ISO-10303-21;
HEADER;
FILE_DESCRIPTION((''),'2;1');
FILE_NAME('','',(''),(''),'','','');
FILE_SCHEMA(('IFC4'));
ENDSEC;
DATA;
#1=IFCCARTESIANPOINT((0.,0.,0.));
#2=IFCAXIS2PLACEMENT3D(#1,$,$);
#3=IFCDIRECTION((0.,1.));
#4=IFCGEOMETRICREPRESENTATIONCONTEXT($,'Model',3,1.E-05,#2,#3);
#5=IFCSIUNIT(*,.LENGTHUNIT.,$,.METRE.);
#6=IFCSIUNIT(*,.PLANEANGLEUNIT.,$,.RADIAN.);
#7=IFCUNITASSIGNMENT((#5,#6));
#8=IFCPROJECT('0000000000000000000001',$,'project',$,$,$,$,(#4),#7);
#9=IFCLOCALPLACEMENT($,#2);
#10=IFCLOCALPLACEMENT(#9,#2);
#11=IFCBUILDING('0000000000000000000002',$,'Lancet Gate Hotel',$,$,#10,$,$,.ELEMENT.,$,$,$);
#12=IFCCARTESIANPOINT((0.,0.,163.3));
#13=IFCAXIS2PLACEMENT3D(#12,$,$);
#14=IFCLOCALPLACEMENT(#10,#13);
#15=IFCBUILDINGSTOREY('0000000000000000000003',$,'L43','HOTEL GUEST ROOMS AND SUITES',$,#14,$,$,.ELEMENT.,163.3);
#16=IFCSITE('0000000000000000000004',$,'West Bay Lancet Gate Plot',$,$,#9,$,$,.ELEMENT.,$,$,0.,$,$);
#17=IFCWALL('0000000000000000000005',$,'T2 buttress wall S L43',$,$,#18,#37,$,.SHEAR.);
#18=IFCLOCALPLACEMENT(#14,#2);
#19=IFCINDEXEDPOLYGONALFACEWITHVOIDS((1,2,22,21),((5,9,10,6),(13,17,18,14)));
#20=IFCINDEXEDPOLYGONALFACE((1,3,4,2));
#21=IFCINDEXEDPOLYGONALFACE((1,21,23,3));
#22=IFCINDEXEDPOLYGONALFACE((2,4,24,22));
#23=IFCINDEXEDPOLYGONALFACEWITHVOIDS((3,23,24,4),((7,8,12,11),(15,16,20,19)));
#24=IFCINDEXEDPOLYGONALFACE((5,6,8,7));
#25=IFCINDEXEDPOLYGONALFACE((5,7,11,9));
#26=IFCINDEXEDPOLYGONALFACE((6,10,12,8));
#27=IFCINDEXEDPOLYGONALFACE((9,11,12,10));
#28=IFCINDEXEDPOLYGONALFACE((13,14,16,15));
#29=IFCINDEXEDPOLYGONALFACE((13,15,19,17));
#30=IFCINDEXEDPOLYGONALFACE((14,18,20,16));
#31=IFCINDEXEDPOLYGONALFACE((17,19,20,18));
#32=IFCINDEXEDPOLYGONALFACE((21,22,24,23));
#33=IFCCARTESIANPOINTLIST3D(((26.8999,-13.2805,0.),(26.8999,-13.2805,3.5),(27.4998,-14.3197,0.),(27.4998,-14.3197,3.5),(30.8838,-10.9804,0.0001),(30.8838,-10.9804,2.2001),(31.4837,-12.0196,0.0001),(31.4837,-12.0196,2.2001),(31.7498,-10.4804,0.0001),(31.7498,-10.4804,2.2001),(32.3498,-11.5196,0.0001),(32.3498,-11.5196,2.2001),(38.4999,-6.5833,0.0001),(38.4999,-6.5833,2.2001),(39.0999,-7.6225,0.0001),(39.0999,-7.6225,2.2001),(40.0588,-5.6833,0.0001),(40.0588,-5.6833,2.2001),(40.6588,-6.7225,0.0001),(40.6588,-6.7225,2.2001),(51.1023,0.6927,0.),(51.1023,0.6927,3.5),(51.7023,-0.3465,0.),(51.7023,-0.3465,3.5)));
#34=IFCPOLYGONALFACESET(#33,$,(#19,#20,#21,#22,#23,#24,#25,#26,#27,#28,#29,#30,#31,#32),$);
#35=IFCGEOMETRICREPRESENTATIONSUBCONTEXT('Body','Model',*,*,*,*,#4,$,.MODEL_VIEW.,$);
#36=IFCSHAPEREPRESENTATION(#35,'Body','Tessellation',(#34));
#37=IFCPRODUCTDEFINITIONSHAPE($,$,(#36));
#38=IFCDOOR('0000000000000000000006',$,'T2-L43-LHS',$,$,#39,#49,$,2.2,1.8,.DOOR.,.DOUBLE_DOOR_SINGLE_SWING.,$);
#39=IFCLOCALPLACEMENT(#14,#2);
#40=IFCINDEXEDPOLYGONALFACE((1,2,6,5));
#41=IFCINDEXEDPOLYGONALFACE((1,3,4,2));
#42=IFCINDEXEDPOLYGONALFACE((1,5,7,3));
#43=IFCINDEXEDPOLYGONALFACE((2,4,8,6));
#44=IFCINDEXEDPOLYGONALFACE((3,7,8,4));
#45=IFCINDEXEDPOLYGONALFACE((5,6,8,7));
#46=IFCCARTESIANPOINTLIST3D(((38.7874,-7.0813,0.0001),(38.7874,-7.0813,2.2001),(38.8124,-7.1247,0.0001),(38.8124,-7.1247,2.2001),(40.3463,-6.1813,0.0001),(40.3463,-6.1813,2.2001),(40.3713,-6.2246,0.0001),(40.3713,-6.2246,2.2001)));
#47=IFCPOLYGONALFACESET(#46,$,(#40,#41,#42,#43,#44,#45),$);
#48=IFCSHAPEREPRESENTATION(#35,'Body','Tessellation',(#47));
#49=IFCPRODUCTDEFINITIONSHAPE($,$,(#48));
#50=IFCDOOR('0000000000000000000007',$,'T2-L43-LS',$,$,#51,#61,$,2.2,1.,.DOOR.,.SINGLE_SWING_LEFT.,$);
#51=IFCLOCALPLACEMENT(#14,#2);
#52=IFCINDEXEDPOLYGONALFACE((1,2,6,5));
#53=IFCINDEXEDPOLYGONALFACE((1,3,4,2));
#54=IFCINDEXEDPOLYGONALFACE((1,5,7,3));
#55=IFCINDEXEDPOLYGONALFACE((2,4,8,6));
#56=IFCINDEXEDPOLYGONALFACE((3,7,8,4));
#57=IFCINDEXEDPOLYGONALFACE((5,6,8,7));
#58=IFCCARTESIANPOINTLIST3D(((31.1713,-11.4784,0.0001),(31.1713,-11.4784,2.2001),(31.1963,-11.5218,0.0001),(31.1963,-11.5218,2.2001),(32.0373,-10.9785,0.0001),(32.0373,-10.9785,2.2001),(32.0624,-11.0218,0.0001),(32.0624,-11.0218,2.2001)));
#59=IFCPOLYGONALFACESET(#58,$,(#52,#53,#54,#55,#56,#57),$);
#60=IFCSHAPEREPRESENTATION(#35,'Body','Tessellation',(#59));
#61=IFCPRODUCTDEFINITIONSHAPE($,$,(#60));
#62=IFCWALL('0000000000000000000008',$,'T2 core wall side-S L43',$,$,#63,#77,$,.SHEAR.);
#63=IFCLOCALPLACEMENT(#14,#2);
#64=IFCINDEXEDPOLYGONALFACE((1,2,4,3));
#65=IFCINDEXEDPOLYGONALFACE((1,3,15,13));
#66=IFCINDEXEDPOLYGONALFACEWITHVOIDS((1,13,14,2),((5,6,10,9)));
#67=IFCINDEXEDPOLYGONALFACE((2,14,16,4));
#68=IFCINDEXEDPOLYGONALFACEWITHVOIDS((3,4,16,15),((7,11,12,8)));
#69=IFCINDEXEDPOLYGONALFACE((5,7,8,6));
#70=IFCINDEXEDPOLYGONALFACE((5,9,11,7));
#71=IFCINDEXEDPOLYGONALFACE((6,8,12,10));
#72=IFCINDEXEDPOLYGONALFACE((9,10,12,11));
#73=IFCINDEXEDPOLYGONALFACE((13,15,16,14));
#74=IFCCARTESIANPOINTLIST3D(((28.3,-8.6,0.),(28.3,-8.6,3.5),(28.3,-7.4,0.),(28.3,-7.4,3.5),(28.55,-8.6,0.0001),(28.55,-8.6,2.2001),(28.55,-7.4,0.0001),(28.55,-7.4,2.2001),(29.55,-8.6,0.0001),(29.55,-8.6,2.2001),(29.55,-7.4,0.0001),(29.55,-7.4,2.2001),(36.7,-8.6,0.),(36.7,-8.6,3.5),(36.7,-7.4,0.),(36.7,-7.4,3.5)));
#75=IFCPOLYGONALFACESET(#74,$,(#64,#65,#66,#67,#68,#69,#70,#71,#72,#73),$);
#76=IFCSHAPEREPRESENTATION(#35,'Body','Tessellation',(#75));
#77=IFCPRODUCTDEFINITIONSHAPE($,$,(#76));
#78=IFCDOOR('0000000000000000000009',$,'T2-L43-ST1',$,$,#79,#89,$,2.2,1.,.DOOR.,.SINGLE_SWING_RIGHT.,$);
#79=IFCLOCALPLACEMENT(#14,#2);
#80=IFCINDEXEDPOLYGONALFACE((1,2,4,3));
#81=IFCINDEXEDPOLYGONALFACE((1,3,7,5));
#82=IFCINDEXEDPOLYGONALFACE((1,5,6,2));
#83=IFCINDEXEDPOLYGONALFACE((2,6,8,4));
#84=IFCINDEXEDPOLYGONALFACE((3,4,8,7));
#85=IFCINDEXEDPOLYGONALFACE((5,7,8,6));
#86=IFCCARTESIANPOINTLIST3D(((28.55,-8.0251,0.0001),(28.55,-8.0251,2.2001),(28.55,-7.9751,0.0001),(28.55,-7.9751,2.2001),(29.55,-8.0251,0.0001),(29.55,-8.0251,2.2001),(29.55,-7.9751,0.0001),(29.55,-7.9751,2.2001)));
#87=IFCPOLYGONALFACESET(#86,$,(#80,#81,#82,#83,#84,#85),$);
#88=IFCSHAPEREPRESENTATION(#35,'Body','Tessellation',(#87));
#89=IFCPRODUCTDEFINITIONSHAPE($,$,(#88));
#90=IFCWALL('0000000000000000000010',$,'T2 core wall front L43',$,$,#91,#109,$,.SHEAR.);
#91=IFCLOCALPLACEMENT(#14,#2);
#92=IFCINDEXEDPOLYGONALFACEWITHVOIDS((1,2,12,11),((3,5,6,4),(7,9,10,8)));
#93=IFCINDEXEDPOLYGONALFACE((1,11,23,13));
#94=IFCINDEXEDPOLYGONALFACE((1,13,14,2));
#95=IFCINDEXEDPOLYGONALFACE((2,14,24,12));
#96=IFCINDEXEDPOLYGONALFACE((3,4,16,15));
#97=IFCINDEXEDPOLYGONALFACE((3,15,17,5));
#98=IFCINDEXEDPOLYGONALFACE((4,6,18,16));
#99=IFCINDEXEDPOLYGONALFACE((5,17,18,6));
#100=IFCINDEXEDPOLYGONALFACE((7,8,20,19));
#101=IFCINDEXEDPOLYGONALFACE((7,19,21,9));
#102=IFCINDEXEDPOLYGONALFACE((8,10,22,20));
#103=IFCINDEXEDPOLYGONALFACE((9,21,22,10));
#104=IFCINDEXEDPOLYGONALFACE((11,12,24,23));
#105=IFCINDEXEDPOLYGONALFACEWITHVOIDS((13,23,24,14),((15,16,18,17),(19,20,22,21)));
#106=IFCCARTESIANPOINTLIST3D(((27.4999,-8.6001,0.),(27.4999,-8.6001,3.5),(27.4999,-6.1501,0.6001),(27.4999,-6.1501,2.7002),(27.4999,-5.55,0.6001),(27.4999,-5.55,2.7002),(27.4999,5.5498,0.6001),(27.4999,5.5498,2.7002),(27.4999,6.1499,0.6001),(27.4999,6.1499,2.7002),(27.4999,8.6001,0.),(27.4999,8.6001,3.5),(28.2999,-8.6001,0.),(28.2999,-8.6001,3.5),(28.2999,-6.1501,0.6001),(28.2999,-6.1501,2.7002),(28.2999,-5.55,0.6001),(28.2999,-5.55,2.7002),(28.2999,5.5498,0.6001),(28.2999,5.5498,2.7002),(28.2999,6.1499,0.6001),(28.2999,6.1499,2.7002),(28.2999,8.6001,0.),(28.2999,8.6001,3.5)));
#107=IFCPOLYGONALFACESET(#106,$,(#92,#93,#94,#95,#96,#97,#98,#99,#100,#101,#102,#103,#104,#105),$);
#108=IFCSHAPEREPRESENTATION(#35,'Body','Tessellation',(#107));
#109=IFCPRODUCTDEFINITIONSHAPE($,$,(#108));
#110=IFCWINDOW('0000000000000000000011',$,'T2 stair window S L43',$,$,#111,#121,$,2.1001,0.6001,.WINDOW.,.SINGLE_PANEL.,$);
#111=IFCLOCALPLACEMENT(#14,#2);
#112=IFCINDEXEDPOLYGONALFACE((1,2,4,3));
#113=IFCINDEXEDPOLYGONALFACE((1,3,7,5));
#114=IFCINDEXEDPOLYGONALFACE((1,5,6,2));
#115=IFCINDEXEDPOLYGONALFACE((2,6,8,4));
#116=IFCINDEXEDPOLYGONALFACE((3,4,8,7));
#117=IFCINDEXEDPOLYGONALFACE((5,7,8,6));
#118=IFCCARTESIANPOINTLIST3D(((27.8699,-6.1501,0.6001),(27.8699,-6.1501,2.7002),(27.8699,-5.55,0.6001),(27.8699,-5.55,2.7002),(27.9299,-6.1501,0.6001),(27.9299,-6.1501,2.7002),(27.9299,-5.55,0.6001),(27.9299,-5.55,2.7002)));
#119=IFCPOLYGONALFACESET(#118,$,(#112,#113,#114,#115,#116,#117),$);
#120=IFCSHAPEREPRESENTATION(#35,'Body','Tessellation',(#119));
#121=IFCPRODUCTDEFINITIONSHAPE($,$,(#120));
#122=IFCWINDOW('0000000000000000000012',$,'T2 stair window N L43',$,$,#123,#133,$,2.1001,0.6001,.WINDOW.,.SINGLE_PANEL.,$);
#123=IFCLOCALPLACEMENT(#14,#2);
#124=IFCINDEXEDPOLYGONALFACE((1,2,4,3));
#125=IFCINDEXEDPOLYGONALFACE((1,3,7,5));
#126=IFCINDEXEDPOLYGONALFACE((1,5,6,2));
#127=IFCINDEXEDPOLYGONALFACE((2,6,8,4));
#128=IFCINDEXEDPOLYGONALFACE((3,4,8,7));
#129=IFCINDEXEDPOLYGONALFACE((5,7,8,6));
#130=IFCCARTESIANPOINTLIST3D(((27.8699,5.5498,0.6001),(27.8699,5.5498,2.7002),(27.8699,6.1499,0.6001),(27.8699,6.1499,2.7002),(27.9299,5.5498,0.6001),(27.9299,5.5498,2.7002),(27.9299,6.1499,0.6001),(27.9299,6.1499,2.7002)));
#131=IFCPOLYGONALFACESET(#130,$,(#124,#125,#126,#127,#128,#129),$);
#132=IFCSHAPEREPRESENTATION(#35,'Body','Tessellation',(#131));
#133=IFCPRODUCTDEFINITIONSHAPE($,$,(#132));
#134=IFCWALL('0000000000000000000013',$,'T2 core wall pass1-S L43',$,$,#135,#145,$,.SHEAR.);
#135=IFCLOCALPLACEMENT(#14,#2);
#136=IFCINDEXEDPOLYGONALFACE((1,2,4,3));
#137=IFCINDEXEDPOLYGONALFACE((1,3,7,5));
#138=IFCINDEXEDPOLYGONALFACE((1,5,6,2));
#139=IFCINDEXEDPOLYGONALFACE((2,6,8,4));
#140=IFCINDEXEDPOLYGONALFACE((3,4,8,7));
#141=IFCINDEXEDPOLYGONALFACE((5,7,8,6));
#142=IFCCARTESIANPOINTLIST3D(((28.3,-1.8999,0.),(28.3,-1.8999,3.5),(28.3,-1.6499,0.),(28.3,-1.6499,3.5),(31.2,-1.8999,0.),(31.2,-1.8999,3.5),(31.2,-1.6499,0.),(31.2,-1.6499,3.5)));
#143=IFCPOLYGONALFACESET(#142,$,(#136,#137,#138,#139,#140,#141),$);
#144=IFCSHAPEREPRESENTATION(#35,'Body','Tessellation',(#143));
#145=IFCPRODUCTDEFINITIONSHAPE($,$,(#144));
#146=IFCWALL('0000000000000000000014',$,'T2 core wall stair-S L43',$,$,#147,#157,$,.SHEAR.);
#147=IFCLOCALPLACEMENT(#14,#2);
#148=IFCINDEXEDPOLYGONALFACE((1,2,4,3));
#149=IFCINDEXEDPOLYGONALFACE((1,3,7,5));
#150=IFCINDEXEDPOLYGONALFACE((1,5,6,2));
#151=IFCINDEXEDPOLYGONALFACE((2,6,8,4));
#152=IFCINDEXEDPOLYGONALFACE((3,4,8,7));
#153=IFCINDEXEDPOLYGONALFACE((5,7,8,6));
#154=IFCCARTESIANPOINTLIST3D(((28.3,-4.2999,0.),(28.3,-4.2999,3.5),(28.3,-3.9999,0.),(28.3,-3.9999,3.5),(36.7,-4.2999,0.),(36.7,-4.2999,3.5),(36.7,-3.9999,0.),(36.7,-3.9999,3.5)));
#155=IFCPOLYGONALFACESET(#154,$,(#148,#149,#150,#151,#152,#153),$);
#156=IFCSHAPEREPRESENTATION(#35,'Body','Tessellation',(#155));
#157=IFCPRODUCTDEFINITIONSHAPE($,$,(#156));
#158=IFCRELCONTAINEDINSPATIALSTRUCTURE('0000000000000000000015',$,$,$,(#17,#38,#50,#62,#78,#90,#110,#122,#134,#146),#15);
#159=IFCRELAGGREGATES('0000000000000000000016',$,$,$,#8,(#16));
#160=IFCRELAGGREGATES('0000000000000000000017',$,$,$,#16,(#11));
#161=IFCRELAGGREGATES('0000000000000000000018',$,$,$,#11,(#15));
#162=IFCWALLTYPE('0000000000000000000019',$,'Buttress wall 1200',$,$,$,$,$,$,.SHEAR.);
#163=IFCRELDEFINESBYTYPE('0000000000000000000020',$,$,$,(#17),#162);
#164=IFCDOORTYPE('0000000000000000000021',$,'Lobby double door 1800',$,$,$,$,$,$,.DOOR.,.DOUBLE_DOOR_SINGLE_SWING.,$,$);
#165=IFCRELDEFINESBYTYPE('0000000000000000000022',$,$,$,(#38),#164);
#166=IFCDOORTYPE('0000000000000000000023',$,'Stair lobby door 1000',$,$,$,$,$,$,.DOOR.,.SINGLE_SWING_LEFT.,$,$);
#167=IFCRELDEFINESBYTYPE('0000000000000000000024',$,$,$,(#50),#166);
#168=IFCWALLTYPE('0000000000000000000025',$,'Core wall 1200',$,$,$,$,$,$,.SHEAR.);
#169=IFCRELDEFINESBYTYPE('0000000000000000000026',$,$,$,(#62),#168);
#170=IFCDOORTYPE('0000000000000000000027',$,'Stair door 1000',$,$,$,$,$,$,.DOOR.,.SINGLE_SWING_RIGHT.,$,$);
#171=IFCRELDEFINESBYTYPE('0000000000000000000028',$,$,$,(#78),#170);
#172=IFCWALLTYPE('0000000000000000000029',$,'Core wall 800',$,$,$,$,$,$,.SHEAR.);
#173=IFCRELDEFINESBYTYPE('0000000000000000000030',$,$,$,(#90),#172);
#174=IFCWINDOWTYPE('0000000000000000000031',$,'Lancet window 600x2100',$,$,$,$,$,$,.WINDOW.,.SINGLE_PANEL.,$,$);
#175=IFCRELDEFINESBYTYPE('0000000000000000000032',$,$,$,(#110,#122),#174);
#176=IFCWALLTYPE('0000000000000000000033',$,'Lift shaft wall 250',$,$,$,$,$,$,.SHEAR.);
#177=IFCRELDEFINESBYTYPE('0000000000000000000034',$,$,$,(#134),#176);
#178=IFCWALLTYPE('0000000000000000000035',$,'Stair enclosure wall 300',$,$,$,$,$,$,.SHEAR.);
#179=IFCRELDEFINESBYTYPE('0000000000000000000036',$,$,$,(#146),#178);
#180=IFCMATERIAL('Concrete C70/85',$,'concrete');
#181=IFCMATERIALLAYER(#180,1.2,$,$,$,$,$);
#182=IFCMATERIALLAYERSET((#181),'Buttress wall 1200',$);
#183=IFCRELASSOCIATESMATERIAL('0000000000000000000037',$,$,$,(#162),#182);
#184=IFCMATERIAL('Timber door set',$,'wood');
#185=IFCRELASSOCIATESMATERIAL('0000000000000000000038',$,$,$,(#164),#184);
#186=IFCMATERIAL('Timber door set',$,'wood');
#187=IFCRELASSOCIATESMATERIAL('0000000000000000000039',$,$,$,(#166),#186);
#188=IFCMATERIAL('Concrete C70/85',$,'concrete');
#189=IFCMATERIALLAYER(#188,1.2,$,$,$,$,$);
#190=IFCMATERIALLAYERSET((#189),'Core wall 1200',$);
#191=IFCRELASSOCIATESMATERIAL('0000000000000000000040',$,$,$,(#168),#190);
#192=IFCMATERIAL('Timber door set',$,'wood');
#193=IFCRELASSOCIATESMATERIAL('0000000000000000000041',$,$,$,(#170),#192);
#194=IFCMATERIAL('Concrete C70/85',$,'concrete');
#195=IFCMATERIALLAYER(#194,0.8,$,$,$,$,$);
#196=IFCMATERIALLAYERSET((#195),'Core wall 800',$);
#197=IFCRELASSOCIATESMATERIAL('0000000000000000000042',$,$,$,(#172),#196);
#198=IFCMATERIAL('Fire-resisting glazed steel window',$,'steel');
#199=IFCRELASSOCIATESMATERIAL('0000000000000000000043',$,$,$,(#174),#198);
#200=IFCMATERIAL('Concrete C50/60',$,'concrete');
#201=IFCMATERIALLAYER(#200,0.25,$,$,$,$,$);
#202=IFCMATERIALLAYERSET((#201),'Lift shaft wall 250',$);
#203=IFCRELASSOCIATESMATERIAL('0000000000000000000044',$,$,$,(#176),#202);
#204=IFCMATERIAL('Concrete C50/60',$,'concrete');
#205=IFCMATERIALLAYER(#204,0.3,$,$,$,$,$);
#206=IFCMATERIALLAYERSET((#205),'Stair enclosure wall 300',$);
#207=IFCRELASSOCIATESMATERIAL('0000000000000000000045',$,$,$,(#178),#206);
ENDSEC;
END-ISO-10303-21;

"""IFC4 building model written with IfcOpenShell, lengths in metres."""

from ifc_helpers import new_model, si_unit, direction, frame, frame_2d, origin, place, context, subcontext, project, spatial, rectangle, extrude, material, layer, layer_set, type_object, element, fill, save


model = new_model("IFC4")

# Units and contexts
model_context = context("Model", 3, precision=1e-05, world=origin(), true_north=direction((0.0, 1.0)))
body_context = subcontext(model_context, "Body", "Model", "MODEL_VIEW")
ifc_project = project(units=[si_unit("LENGTHUNIT", "METRE"), si_unit("PLANEANGLEUNIT", "RADIAN")], contexts=[model_context])

# Site, building, storey
site_placement = place(None, origin())
site = spatial("IfcSite", under=ifc_project, at=site_placement, Name="West Bay Lancet Gate Plot", CompositionType="ELEMENT", RefElevation=0.0)
building_placement = place(site_placement, origin())
building = spatial("IfcBuilding", under=site, at=building_placement, Name="Lancet Gate Hotel", CompositionType="ELEMENT")
storey_placement = place(building_placement, frame((0.0, 0.0, 163.3)))
storey = spatial("IfcBuildingStorey", under=building, at=storey_placement, Name="L43", Description="HOTEL GUEST ROOMS AND SUITES", CompositionType="ELEMENT", Elevation=163.3)

# Wall, openings, doors
ifc_material_1 = material(Name="Concrete C70/85", Category="concrete")
ifc_layer_1 = layer(ifc_material_1, 1.2)
ifc_layer_set_1 = layer_set([ifc_layer_1], Name="Buttress wall 1200")
wall_type_1 = type_object("IfcWallType", Name="Buttress wall 1200", PredefinedType="SHEAR", material=ifc_layer_set_1)
wall_1_placement = place(storey_placement, frame((27.2, -13.8, 0.0), z_axis=(0.0, 0.0, 1.0), x_axis=(0.866027, 0.499997, 0.0)))
wall_1 = element("IfcWall", 1, at=wall_1_placement, inside=storey, type_object=wall_type_1, Name="T2 buttress wall S L43", PredefinedType="SHEAR", context=body_context, shape_type="SweptSolid", body=[
    extrude(rectangle(XDim=27.9465, YDim=1.2, at=frame_2d((13.9731, 0.0))), origin(), (0.0, 0.0, 1.0), 3.5),
])
opening_1_placement = place(wall_1_placement, frame((4.6001, 0.0, 0.0)))
opening_1 = element("IfcOpeningElement", 2, at=opening_1_placement, cuts=wall_1, PredefinedType="OPENING", context=body_context, shape_type="SweptSolid", body=[
    extrude(rectangle(XDim=1.0, YDim=2.2, at=frame_2d((0.5, 1.1001))), frame((0.0, 0.6099, 0.0), z_axis=(0.0, -1.0, 0.0), x_axis=(1.0, 0.0, 0.0)), (0.0, 0.0, 1.0), 1.22),
])
opening_2_placement = place(wall_1_placement, frame((13.3945, 0.0, 0.0)))
opening_2 = element("IfcOpeningElement", 3, at=opening_2_placement, cuts=wall_1, PredefinedType="OPENING", context=body_context, shape_type="SweptSolid", body=[
    extrude(rectangle(XDim=1.8, YDim=2.2, at=frame_2d((0.8999, 1.1001))), frame((0.0, 0.6099, 0.0), z_axis=(0.0, -1.0, 0.0), x_axis=(1.0, 0.0, 0.0)), (0.0, 0.0, 1.0), 1.22),
])
ifc_material_2 = material(Name="Timber door set", Category="wood")
door_type_1 = type_object("IfcDoorType", Name="Lobby double door 1800", OperationType="DOUBLE_DOOR_SINGLE_SWING", PredefinedType="DOOR", material=ifc_material_2)
door_1_placement = place(opening_2_placement, origin())
door_1 = element("IfcDoor", 4, at=door_1_placement, inside=storey, type_object=door_type_1, Name="T2-L43-LHS", OperationType="DOUBLE_DOOR_SINGLE_SWING", OverallHeight=2.2, OverallWidth=1.8, PredefinedType="DOOR", context=body_context, shape_type="SweptSolid", body=[
    extrude(rectangle(XDim=1.8, YDim=2.2, at=frame_2d((0.8999, 1.1001))), frame((0.0, 0.0249, 0.0), z_axis=(0.0, -1.0, 0.0), x_axis=(1.0, 0.0, 0.0)), (0.0, 0.0, 1.0), 0.05),
])
fill(opening_2, door_1)
ifc_material_3 = material(Name="Timber door set", Category="wood")
door_type_2 = type_object("IfcDoorType", Name="Stair lobby door 1000", OperationType="SINGLE_SWING_LEFT", PredefinedType="DOOR", material=ifc_material_3)
door_2_placement = place(opening_1_placement, origin())
door_2 = element("IfcDoor", 5, at=door_2_placement, inside=storey, type_object=door_type_2, Name="T2-L43-LS", OperationType="SINGLE_SWING_LEFT", OverallHeight=2.2, OverallWidth=1.0, PredefinedType="DOOR", context=body_context, shape_type="SweptSolid", body=[
    extrude(rectangle(XDim=1.0, YDim=2.2, at=frame_2d((0.5, 1.1001))), frame((0.0, 0.0249, 0.0), z_axis=(0.0, -1.0, 0.0), x_axis=(1.0, 0.0, 0.0)), (0.0, 0.0, 1.0), 0.05),
])
fill(opening_1, door_2)

# Wall, opening, door
ifc_material_4 = material(Name="Concrete C70/85", Category="concrete")
ifc_layer_2 = layer(ifc_material_4, 1.2)
ifc_layer_set_2 = layer_set([ifc_layer_2], Name="Core wall 1200")
wall_type_2 = type_object("IfcWallType", Name="Core wall 1200", PredefinedType="SHEAR", material=ifc_layer_set_2)
wall_2_placement = place(storey_placement, frame((28.3, -8.0, 0.0), z_axis=(0.0, 0.0, 1.0), x_axis=(1.0, 0.0, 0.0)))
wall_2 = element("IfcWall", 6, at=wall_2_placement, inside=storey, type_object=wall_type_2, Name="T2 core wall side-S L43", PredefinedType="SHEAR", context=body_context, shape_type="SweptSolid", body=[
    extrude(rectangle(XDim=8.3999, YDim=1.2, at=frame_2d((4.2, 0.0))), origin(), (0.0, 0.0, 1.0), 3.5),
])
opening_3_placement = place(wall_2_placement, frame((0.25, 0.0, 0.0)))
opening_3 = element("IfcOpeningElement", 7, at=opening_3_placement, cuts=wall_2, PredefinedType="OPENING", context=body_context, shape_type="SweptSolid", body=[
    extrude(rectangle(XDim=1.0, YDim=2.2, at=frame_2d((0.5, 1.1001))), frame((0.0, 0.6099, 0.0), z_axis=(0.0, -1.0, 0.0), x_axis=(1.0, 0.0, 0.0)), (0.0, 0.0, 1.0), 1.22),
])
ifc_material_5 = material(Name="Timber door set", Category="wood")
door_type_3 = type_object("IfcDoorType", Name="Stair door 1000", OperationType="SINGLE_SWING_RIGHT", PredefinedType="DOOR", material=ifc_material_5)
door_3_placement = place(opening_3_placement, origin())
door_3 = element("IfcDoor", 8, at=door_3_placement, inside=storey, type_object=door_type_3, Name="T2-L43-ST1", OperationType="SINGLE_SWING_RIGHT", OverallHeight=2.2, OverallWidth=1.0, PredefinedType="DOOR", context=body_context, shape_type="SweptSolid", body=[
    extrude(rectangle(XDim=1.0, YDim=2.2, at=frame_2d((0.5, 1.1001))), frame((0.0, 0.0249, 0.0), z_axis=(0.0, -1.0, 0.0), x_axis=(1.0, 0.0, 0.0)), (0.0, 0.0, 1.0), 0.05),
])
fill(opening_3, door_3)

# Wall, openings, windows
ifc_material_6 = material(Name="Concrete C70/85", Category="concrete")
ifc_layer_3 = layer(ifc_material_6, 0.8)
ifc_layer_set_3 = layer_set([ifc_layer_3], Name="Core wall 800")
wall_type_3 = type_object("IfcWallType", Name="Core wall 800", PredefinedType="SHEAR", material=ifc_layer_set_3)
wall_3_placement = place(storey_placement, frame((27.8999, -8.6001, 0.0), z_axis=(0.0, 0.0, 1.0), x_axis=(0.0, 1.0, 0.0)))
wall_3 = element("IfcWall", 9, at=wall_3_placement, inside=storey, type_object=wall_type_3, Name="T2 core wall front L43", PredefinedType="SHEAR", context=body_context, shape_type="SweptSolid", body=[
    extrude(rectangle(XDim=17.2002, YDim=0.8, at=frame_2d((8.6001, 0.0))), origin(), (0.0, 0.0, 1.0), 3.5),
])
opening_4_placement = place(wall_3_placement, frame((2.45, 0.0, 0.6001)))
opening_4 = element("IfcOpeningElement", 10, at=opening_4_placement, cuts=wall_3, PredefinedType="OPENING", context=body_context, shape_type="SweptSolid", body=[
    extrude(rectangle(XDim=0.6001, YDim=2.1001, at=frame_2d((0.3, 1.05))), frame((0.0, 0.4099, 0.0), z_axis=(0.0, -1.0, 0.0), x_axis=(1.0, 0.0, 0.0)), (0.0, 0.0, 1.0), 0.8201),
])
opening_5_placement = place(wall_3_placement, frame((14.1499, 0.0, 0.6001)))
opening_5 = element("IfcOpeningElement", 11, at=opening_5_placement, cuts=wall_3, PredefinedType="OPENING", context=body_context, shape_type="SweptSolid", body=[
    extrude(rectangle(XDim=0.6001, YDim=2.1001, at=frame_2d((0.3, 1.05))), frame((0.0, 0.4099, 0.0), z_axis=(0.0, -1.0, 0.0), x_axis=(1.0, 0.0, 0.0)), (0.0, 0.0, 1.0), 0.8201),
])
ifc_material_7 = material(Name="Fire-resisting glazed steel window", Category="steel")
window_type = type_object("IfcWindowType", Name="Lancet window 600x2100", PartitioningType="SINGLE_PANEL", PredefinedType="WINDOW", material=ifc_material_7)
window_1_placement = place(opening_4_placement, origin())
window_1 = element("IfcWindow", 12, at=window_1_placement, inside=storey, type_object=window_type, Name="T2 stair window S L43", OverallHeight=2.1001, OverallWidth=0.6001, PartitioningType="SINGLE_PANEL", PredefinedType="WINDOW", context=body_context, shape_type="SweptSolid", body=[
    extrude(rectangle(XDim=0.6001, YDim=2.1001, at=frame_2d((0.3, 1.05))), frame((0.0, 0.03, 0.0), z_axis=(0.0, -1.0, 0.0), x_axis=(1.0, 0.0, 0.0)), (0.0, 0.0, 1.0), 0.0601),
])
fill(opening_4, window_1)
window_2_placement = place(opening_5_placement, origin())
window_2 = element("IfcWindow", 13, at=window_2_placement, inside=storey, type_object=window_type, Name="T2 stair window N L43", OverallHeight=2.1001, OverallWidth=0.6001, PartitioningType="SINGLE_PANEL", PredefinedType="WINDOW", context=body_context, shape_type="SweptSolid", body=[
    extrude(rectangle(XDim=0.6001, YDim=2.1001, at=frame_2d((0.3, 1.05))), frame((0.0, 0.03, 0.0), z_axis=(0.0, -1.0, 0.0), x_axis=(1.0, 0.0, 0.0)), (0.0, 0.0, 1.0), 0.0601),
])
fill(opening_5, window_2)

# Walls
ifc_material_8 = material(Name="Concrete C50/60", Category="concrete")
ifc_layer_4 = layer(ifc_material_8, 0.25)
ifc_layer_set_4 = layer_set([ifc_layer_4], Name="Lift shaft wall 250")
wall_type_4 = type_object("IfcWallType", Name="Lift shaft wall 250", PredefinedType="SHEAR", material=ifc_layer_set_4)
wall_4_placement = place(storey_placement, frame((28.3, -1.7749, 0.0), z_axis=(0.0, 0.0, 1.0), x_axis=(1.0, 0.0, 0.0)))
element("IfcWall", 14, at=wall_4_placement, inside=storey, type_object=wall_type_4, Name="T2 core wall pass1-S L43", PredefinedType="SHEAR", context=body_context, shape_type="SweptSolid", body=[
    extrude(rectangle(XDim=2.8999, YDim=0.25, at=frame_2d((1.45, 0.0))), origin(), (0.0, 0.0, 1.0), 3.5),
])
ifc_material_9 = material(Name="Concrete C50/60", Category="concrete")
ifc_layer_5 = layer(ifc_material_9, 0.3)
ifc_layer_set_5 = layer_set([ifc_layer_5], Name="Stair enclosure wall 300")
wall_type_5 = type_object("IfcWallType", Name="Stair enclosure wall 300", PredefinedType="SHEAR", material=ifc_layer_set_5)
wall_5_placement = place(storey_placement, frame((28.3, -4.1499, 0.0), z_axis=(0.0, 0.0, 1.0), x_axis=(1.0, 0.0, 0.0)))
element("IfcWall", 15, at=wall_5_placement, inside=storey, type_object=wall_type_5, Name="T2 core wall stair-S L43", PredefinedType="SHEAR", context=body_context, shape_type="SweptSolid", body=[
    extrude(rectangle(XDim=8.3999, YDim=0.3, at=frame_2d((4.2, 0.0))), origin(), (0.0, 0.0, 1.0), 3.5),
])

save(model, "model.ifc")
